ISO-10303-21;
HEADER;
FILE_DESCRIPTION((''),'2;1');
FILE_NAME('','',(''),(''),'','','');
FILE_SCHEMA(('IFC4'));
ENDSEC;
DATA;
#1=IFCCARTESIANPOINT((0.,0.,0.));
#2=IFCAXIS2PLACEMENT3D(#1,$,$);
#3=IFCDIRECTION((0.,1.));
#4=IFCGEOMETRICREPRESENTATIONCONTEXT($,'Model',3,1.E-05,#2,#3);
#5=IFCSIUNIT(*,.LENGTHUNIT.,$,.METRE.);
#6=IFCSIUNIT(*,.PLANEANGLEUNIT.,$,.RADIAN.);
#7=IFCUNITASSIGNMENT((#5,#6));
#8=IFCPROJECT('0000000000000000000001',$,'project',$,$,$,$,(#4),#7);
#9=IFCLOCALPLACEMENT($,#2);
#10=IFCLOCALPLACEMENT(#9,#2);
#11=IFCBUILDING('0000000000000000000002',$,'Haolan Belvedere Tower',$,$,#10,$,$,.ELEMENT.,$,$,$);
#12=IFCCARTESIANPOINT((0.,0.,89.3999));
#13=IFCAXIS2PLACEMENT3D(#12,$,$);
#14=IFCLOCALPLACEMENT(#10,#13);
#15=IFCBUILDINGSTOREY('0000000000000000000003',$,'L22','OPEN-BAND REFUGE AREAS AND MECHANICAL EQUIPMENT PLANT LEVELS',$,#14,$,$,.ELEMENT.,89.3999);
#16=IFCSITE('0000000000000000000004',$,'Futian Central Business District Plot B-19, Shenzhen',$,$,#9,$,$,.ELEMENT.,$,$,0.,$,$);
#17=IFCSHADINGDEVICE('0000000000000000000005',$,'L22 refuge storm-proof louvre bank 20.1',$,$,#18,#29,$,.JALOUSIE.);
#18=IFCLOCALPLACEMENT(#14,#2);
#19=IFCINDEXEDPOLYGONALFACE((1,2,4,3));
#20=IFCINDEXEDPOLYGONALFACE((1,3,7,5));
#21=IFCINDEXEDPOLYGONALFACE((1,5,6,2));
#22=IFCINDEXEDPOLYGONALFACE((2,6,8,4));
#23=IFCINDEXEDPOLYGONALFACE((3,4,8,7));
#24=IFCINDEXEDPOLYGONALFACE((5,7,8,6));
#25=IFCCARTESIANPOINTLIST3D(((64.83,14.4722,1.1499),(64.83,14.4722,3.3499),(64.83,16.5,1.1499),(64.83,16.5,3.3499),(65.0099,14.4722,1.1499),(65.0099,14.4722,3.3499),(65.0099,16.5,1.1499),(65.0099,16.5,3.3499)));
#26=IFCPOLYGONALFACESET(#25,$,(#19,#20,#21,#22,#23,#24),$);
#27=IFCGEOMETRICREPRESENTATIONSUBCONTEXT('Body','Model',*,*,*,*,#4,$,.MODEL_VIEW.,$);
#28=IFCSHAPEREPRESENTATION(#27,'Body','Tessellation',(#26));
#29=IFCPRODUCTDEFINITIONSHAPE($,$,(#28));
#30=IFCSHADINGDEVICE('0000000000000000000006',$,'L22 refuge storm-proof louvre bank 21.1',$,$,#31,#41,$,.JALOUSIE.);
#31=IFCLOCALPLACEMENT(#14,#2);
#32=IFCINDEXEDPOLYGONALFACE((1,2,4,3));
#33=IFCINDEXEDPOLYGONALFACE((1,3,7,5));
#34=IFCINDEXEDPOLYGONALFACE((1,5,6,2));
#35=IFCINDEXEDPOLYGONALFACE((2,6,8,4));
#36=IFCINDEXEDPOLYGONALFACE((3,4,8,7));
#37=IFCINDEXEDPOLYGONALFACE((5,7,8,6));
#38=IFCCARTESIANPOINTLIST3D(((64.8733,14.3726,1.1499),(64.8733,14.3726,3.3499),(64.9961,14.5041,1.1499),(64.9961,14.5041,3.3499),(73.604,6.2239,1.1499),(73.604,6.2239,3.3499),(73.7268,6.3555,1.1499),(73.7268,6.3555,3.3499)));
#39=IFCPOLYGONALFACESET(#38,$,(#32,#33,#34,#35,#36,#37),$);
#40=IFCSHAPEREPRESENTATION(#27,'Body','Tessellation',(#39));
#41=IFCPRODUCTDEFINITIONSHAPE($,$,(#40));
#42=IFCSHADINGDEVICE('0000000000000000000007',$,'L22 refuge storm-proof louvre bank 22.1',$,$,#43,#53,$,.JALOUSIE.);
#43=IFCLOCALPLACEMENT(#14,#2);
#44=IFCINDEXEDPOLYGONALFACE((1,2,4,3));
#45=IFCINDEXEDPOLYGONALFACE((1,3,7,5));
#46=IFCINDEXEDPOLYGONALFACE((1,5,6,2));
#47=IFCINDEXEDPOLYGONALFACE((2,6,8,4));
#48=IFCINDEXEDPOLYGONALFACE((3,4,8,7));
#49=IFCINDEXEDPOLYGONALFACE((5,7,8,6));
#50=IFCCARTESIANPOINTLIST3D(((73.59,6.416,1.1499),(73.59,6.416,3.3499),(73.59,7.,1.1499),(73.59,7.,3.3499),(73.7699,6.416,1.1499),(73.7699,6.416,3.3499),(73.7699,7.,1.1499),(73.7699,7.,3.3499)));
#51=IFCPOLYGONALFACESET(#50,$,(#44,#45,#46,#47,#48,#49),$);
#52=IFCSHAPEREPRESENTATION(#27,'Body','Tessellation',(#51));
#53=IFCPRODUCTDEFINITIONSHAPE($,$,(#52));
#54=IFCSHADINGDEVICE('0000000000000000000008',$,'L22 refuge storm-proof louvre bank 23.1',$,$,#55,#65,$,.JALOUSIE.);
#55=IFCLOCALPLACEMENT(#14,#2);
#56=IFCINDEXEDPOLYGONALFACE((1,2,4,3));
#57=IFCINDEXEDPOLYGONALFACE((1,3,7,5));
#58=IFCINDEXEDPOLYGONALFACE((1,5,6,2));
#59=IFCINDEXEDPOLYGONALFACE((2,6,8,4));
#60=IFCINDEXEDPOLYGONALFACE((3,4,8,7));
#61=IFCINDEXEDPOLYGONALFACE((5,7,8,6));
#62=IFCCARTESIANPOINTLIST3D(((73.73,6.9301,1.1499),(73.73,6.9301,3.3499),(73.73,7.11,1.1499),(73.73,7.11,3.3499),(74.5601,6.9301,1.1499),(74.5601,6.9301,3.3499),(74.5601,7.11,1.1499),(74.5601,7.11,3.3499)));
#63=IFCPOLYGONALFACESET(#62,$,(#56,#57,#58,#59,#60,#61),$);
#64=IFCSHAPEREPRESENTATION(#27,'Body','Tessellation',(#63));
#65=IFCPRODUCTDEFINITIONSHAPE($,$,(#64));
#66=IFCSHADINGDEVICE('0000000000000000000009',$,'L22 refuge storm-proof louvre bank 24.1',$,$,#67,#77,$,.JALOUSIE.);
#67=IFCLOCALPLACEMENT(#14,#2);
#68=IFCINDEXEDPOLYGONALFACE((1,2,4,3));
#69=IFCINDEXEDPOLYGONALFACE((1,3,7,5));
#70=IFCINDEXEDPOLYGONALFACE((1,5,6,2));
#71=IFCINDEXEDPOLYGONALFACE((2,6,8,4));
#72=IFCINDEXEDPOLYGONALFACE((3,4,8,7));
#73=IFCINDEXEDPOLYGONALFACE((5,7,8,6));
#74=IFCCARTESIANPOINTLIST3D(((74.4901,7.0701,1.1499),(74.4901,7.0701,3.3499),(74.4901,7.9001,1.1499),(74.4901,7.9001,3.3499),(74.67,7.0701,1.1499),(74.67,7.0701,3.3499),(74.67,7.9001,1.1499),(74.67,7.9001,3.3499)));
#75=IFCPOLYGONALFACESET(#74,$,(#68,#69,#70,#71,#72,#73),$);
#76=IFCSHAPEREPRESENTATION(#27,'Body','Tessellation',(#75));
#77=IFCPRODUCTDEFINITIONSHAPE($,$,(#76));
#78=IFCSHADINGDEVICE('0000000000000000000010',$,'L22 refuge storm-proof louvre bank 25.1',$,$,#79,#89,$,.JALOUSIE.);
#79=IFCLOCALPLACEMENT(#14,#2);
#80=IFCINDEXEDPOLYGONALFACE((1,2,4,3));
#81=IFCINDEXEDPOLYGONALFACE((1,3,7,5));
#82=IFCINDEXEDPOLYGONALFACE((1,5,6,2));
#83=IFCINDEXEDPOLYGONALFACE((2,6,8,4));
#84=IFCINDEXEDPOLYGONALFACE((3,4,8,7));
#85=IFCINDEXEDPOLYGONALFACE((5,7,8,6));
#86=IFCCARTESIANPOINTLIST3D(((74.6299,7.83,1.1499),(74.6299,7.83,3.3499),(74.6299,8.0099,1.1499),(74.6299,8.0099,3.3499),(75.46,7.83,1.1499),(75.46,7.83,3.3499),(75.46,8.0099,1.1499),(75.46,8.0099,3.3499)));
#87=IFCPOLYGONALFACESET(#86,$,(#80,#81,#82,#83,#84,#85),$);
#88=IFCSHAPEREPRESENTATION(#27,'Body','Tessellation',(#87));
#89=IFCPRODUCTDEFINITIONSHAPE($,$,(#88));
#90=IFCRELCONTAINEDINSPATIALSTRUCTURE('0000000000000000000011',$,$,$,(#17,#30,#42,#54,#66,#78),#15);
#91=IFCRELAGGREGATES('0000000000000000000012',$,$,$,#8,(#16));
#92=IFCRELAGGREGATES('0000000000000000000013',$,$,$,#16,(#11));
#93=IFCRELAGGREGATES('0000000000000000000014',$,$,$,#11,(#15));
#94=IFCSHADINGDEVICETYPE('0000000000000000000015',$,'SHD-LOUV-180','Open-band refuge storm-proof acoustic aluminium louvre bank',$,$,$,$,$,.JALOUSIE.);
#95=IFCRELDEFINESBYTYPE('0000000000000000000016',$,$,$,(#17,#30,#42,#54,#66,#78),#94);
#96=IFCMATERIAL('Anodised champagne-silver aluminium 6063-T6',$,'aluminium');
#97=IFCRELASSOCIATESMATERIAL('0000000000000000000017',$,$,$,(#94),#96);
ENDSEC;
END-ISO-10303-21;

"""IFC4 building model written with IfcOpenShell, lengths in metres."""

from ifc_helpers import new_model, si_unit, direction, frame, origin, origin_2d, place, context, subcontext, project, spatial, rectangle, extrude, material, type_object, element, save


model = new_model("IFC4")

# Units and contexts
model_context = context("Model", 3, precision=1e-05, world=origin(), true_north=direction((0.0, 1.0)))
body_context = subcontext(model_context, "Body", "Model", "MODEL_VIEW")
ifc_project = project(units=[si_unit("LENGTHUNIT", "METRE"), si_unit("PLANEANGLEUNIT", "RADIAN")], contexts=[model_context])

# Site, building, storey
site_placement = place(None, origin())
site = spatial("IfcSite", under=ifc_project, at=site_placement, Name="Futian Central Business District Plot B-19, Shenzhen", CompositionType="ELEMENT", RefElevation=0.0)
building_placement = place(site_placement, origin())
building = spatial("IfcBuilding", under=site, at=building_placement, Name="Haolan Belvedere Tower", CompositionType="ELEMENT")
storey_placement = place(building_placement, frame((0.0, 0.0, 89.3999)))
storey = spatial("IfcBuildingStorey", under=building, at=storey_placement, Name="L22", Description="OPEN-BAND REFUGE AREAS AND MECHANICAL EQUIPMENT PLANT LEVELS", CompositionType="ELEMENT", Elevation=89.3999)

# Shading devices
ifc_material_1 = material(Name="Anodised champagne-silver aluminium 6063-T6", Category="aluminium")
shading_device_type = type_object("IfcShadingDeviceType", Name="SHD-LOUV-180", Description="Open-band refuge storm-proof acoustic aluminium louvre bank", PredefinedType="JALOUSIE", material=ifc_material_1)
shading_device_1_placement = place(storey_placement, frame((64.9199, 15.4861, 1.1499), z_axis=(0.0, 0.0, 1.0), x_axis=(0.0, -1.0, 0.0)))
element("IfcShadingDevice", 1, at=shading_device_1_placement, inside=storey, type_object=shading_device_type, Name="L22 refuge storm-proof louvre bank 20.1", PredefinedType="JALOUSIE", context=body_context, shape_type="SweptSolid", body=[
    extrude(rectangle(XDim=2.0278, YDim=0.1799, at=origin_2d()), origin(), (0.0, 0.0, 1.0), 2.2),
])
shading_device_2_placement = place(storey_placement, frame((69.3, 10.364, 1.1499), z_axis=(0.0, 0.0, 1.0), x_axis=(0.731056, -0.682317, 0.0)))
element("IfcShadingDevice", 2, at=shading_device_2_placement, inside=storey, type_object=shading_device_type, Name="L22 refuge storm-proof louvre bank 21.1", PredefinedType="JALOUSIE", context=body_context, shape_type="SweptSolid", body=[
    extrude(rectangle(XDim=11.9426, YDim=0.1799, at=origin_2d()), origin(), (0.0, 0.0, 1.0), 2.2),
])
shading_device_3_placement = place(storey_placement, frame((73.6799, 6.708, 1.1499), z_axis=(0.0, 0.0, 1.0), x_axis=(0.0, 1.0, 0.0)))
element("IfcShadingDevice", 3, at=shading_device_3_placement, inside=storey, type_object=shading_device_type, Name="L22 refuge storm-proof louvre bank 22.1", PredefinedType="JALOUSIE", context=body_context, shape_type="SweptSolid", body=[
    extrude(rectangle(XDim=0.584, YDim=0.1799, at=origin_2d()), origin(), (0.0, 0.0, 1.0), 2.2),
])
for number, where, z_axis, x_axis, name in (
    (4, (74.145, 7.02, 1.1499), (0.0, 0.0, 1.0), (1.0, 0.0, 0.0), "L22 refuge storm-proof louvre bank 23.1"),
    (5, (74.5801, 7.4851, 1.1499), (0.0, 0.0, 1.0), (0.0, 1.0, 0.0), "L22 refuge storm-proof louvre bank 24.1"),
    (6, (75.0449, 7.9199, 1.1499), (0.0, 0.0, 1.0), (1.0, 0.0, 0.0), "L22 refuge storm-proof louvre bank 25.1"),
):
    element("IfcShadingDevice", number, at=place(storey_placement, frame(where, z_axis=z_axis, x_axis=x_axis)), inside=storey, type_object=shading_device_type, Name=name, PredefinedType="JALOUSIE", context=body_context, shape_type="SweptSolid", body=[
        extrude(rectangle(XDim=0.8301, YDim=0.1799, at=origin_2d()), origin(), (0.0, 0.0, 1.0), 2.2),
    ])

save(model, "model.ifc")
